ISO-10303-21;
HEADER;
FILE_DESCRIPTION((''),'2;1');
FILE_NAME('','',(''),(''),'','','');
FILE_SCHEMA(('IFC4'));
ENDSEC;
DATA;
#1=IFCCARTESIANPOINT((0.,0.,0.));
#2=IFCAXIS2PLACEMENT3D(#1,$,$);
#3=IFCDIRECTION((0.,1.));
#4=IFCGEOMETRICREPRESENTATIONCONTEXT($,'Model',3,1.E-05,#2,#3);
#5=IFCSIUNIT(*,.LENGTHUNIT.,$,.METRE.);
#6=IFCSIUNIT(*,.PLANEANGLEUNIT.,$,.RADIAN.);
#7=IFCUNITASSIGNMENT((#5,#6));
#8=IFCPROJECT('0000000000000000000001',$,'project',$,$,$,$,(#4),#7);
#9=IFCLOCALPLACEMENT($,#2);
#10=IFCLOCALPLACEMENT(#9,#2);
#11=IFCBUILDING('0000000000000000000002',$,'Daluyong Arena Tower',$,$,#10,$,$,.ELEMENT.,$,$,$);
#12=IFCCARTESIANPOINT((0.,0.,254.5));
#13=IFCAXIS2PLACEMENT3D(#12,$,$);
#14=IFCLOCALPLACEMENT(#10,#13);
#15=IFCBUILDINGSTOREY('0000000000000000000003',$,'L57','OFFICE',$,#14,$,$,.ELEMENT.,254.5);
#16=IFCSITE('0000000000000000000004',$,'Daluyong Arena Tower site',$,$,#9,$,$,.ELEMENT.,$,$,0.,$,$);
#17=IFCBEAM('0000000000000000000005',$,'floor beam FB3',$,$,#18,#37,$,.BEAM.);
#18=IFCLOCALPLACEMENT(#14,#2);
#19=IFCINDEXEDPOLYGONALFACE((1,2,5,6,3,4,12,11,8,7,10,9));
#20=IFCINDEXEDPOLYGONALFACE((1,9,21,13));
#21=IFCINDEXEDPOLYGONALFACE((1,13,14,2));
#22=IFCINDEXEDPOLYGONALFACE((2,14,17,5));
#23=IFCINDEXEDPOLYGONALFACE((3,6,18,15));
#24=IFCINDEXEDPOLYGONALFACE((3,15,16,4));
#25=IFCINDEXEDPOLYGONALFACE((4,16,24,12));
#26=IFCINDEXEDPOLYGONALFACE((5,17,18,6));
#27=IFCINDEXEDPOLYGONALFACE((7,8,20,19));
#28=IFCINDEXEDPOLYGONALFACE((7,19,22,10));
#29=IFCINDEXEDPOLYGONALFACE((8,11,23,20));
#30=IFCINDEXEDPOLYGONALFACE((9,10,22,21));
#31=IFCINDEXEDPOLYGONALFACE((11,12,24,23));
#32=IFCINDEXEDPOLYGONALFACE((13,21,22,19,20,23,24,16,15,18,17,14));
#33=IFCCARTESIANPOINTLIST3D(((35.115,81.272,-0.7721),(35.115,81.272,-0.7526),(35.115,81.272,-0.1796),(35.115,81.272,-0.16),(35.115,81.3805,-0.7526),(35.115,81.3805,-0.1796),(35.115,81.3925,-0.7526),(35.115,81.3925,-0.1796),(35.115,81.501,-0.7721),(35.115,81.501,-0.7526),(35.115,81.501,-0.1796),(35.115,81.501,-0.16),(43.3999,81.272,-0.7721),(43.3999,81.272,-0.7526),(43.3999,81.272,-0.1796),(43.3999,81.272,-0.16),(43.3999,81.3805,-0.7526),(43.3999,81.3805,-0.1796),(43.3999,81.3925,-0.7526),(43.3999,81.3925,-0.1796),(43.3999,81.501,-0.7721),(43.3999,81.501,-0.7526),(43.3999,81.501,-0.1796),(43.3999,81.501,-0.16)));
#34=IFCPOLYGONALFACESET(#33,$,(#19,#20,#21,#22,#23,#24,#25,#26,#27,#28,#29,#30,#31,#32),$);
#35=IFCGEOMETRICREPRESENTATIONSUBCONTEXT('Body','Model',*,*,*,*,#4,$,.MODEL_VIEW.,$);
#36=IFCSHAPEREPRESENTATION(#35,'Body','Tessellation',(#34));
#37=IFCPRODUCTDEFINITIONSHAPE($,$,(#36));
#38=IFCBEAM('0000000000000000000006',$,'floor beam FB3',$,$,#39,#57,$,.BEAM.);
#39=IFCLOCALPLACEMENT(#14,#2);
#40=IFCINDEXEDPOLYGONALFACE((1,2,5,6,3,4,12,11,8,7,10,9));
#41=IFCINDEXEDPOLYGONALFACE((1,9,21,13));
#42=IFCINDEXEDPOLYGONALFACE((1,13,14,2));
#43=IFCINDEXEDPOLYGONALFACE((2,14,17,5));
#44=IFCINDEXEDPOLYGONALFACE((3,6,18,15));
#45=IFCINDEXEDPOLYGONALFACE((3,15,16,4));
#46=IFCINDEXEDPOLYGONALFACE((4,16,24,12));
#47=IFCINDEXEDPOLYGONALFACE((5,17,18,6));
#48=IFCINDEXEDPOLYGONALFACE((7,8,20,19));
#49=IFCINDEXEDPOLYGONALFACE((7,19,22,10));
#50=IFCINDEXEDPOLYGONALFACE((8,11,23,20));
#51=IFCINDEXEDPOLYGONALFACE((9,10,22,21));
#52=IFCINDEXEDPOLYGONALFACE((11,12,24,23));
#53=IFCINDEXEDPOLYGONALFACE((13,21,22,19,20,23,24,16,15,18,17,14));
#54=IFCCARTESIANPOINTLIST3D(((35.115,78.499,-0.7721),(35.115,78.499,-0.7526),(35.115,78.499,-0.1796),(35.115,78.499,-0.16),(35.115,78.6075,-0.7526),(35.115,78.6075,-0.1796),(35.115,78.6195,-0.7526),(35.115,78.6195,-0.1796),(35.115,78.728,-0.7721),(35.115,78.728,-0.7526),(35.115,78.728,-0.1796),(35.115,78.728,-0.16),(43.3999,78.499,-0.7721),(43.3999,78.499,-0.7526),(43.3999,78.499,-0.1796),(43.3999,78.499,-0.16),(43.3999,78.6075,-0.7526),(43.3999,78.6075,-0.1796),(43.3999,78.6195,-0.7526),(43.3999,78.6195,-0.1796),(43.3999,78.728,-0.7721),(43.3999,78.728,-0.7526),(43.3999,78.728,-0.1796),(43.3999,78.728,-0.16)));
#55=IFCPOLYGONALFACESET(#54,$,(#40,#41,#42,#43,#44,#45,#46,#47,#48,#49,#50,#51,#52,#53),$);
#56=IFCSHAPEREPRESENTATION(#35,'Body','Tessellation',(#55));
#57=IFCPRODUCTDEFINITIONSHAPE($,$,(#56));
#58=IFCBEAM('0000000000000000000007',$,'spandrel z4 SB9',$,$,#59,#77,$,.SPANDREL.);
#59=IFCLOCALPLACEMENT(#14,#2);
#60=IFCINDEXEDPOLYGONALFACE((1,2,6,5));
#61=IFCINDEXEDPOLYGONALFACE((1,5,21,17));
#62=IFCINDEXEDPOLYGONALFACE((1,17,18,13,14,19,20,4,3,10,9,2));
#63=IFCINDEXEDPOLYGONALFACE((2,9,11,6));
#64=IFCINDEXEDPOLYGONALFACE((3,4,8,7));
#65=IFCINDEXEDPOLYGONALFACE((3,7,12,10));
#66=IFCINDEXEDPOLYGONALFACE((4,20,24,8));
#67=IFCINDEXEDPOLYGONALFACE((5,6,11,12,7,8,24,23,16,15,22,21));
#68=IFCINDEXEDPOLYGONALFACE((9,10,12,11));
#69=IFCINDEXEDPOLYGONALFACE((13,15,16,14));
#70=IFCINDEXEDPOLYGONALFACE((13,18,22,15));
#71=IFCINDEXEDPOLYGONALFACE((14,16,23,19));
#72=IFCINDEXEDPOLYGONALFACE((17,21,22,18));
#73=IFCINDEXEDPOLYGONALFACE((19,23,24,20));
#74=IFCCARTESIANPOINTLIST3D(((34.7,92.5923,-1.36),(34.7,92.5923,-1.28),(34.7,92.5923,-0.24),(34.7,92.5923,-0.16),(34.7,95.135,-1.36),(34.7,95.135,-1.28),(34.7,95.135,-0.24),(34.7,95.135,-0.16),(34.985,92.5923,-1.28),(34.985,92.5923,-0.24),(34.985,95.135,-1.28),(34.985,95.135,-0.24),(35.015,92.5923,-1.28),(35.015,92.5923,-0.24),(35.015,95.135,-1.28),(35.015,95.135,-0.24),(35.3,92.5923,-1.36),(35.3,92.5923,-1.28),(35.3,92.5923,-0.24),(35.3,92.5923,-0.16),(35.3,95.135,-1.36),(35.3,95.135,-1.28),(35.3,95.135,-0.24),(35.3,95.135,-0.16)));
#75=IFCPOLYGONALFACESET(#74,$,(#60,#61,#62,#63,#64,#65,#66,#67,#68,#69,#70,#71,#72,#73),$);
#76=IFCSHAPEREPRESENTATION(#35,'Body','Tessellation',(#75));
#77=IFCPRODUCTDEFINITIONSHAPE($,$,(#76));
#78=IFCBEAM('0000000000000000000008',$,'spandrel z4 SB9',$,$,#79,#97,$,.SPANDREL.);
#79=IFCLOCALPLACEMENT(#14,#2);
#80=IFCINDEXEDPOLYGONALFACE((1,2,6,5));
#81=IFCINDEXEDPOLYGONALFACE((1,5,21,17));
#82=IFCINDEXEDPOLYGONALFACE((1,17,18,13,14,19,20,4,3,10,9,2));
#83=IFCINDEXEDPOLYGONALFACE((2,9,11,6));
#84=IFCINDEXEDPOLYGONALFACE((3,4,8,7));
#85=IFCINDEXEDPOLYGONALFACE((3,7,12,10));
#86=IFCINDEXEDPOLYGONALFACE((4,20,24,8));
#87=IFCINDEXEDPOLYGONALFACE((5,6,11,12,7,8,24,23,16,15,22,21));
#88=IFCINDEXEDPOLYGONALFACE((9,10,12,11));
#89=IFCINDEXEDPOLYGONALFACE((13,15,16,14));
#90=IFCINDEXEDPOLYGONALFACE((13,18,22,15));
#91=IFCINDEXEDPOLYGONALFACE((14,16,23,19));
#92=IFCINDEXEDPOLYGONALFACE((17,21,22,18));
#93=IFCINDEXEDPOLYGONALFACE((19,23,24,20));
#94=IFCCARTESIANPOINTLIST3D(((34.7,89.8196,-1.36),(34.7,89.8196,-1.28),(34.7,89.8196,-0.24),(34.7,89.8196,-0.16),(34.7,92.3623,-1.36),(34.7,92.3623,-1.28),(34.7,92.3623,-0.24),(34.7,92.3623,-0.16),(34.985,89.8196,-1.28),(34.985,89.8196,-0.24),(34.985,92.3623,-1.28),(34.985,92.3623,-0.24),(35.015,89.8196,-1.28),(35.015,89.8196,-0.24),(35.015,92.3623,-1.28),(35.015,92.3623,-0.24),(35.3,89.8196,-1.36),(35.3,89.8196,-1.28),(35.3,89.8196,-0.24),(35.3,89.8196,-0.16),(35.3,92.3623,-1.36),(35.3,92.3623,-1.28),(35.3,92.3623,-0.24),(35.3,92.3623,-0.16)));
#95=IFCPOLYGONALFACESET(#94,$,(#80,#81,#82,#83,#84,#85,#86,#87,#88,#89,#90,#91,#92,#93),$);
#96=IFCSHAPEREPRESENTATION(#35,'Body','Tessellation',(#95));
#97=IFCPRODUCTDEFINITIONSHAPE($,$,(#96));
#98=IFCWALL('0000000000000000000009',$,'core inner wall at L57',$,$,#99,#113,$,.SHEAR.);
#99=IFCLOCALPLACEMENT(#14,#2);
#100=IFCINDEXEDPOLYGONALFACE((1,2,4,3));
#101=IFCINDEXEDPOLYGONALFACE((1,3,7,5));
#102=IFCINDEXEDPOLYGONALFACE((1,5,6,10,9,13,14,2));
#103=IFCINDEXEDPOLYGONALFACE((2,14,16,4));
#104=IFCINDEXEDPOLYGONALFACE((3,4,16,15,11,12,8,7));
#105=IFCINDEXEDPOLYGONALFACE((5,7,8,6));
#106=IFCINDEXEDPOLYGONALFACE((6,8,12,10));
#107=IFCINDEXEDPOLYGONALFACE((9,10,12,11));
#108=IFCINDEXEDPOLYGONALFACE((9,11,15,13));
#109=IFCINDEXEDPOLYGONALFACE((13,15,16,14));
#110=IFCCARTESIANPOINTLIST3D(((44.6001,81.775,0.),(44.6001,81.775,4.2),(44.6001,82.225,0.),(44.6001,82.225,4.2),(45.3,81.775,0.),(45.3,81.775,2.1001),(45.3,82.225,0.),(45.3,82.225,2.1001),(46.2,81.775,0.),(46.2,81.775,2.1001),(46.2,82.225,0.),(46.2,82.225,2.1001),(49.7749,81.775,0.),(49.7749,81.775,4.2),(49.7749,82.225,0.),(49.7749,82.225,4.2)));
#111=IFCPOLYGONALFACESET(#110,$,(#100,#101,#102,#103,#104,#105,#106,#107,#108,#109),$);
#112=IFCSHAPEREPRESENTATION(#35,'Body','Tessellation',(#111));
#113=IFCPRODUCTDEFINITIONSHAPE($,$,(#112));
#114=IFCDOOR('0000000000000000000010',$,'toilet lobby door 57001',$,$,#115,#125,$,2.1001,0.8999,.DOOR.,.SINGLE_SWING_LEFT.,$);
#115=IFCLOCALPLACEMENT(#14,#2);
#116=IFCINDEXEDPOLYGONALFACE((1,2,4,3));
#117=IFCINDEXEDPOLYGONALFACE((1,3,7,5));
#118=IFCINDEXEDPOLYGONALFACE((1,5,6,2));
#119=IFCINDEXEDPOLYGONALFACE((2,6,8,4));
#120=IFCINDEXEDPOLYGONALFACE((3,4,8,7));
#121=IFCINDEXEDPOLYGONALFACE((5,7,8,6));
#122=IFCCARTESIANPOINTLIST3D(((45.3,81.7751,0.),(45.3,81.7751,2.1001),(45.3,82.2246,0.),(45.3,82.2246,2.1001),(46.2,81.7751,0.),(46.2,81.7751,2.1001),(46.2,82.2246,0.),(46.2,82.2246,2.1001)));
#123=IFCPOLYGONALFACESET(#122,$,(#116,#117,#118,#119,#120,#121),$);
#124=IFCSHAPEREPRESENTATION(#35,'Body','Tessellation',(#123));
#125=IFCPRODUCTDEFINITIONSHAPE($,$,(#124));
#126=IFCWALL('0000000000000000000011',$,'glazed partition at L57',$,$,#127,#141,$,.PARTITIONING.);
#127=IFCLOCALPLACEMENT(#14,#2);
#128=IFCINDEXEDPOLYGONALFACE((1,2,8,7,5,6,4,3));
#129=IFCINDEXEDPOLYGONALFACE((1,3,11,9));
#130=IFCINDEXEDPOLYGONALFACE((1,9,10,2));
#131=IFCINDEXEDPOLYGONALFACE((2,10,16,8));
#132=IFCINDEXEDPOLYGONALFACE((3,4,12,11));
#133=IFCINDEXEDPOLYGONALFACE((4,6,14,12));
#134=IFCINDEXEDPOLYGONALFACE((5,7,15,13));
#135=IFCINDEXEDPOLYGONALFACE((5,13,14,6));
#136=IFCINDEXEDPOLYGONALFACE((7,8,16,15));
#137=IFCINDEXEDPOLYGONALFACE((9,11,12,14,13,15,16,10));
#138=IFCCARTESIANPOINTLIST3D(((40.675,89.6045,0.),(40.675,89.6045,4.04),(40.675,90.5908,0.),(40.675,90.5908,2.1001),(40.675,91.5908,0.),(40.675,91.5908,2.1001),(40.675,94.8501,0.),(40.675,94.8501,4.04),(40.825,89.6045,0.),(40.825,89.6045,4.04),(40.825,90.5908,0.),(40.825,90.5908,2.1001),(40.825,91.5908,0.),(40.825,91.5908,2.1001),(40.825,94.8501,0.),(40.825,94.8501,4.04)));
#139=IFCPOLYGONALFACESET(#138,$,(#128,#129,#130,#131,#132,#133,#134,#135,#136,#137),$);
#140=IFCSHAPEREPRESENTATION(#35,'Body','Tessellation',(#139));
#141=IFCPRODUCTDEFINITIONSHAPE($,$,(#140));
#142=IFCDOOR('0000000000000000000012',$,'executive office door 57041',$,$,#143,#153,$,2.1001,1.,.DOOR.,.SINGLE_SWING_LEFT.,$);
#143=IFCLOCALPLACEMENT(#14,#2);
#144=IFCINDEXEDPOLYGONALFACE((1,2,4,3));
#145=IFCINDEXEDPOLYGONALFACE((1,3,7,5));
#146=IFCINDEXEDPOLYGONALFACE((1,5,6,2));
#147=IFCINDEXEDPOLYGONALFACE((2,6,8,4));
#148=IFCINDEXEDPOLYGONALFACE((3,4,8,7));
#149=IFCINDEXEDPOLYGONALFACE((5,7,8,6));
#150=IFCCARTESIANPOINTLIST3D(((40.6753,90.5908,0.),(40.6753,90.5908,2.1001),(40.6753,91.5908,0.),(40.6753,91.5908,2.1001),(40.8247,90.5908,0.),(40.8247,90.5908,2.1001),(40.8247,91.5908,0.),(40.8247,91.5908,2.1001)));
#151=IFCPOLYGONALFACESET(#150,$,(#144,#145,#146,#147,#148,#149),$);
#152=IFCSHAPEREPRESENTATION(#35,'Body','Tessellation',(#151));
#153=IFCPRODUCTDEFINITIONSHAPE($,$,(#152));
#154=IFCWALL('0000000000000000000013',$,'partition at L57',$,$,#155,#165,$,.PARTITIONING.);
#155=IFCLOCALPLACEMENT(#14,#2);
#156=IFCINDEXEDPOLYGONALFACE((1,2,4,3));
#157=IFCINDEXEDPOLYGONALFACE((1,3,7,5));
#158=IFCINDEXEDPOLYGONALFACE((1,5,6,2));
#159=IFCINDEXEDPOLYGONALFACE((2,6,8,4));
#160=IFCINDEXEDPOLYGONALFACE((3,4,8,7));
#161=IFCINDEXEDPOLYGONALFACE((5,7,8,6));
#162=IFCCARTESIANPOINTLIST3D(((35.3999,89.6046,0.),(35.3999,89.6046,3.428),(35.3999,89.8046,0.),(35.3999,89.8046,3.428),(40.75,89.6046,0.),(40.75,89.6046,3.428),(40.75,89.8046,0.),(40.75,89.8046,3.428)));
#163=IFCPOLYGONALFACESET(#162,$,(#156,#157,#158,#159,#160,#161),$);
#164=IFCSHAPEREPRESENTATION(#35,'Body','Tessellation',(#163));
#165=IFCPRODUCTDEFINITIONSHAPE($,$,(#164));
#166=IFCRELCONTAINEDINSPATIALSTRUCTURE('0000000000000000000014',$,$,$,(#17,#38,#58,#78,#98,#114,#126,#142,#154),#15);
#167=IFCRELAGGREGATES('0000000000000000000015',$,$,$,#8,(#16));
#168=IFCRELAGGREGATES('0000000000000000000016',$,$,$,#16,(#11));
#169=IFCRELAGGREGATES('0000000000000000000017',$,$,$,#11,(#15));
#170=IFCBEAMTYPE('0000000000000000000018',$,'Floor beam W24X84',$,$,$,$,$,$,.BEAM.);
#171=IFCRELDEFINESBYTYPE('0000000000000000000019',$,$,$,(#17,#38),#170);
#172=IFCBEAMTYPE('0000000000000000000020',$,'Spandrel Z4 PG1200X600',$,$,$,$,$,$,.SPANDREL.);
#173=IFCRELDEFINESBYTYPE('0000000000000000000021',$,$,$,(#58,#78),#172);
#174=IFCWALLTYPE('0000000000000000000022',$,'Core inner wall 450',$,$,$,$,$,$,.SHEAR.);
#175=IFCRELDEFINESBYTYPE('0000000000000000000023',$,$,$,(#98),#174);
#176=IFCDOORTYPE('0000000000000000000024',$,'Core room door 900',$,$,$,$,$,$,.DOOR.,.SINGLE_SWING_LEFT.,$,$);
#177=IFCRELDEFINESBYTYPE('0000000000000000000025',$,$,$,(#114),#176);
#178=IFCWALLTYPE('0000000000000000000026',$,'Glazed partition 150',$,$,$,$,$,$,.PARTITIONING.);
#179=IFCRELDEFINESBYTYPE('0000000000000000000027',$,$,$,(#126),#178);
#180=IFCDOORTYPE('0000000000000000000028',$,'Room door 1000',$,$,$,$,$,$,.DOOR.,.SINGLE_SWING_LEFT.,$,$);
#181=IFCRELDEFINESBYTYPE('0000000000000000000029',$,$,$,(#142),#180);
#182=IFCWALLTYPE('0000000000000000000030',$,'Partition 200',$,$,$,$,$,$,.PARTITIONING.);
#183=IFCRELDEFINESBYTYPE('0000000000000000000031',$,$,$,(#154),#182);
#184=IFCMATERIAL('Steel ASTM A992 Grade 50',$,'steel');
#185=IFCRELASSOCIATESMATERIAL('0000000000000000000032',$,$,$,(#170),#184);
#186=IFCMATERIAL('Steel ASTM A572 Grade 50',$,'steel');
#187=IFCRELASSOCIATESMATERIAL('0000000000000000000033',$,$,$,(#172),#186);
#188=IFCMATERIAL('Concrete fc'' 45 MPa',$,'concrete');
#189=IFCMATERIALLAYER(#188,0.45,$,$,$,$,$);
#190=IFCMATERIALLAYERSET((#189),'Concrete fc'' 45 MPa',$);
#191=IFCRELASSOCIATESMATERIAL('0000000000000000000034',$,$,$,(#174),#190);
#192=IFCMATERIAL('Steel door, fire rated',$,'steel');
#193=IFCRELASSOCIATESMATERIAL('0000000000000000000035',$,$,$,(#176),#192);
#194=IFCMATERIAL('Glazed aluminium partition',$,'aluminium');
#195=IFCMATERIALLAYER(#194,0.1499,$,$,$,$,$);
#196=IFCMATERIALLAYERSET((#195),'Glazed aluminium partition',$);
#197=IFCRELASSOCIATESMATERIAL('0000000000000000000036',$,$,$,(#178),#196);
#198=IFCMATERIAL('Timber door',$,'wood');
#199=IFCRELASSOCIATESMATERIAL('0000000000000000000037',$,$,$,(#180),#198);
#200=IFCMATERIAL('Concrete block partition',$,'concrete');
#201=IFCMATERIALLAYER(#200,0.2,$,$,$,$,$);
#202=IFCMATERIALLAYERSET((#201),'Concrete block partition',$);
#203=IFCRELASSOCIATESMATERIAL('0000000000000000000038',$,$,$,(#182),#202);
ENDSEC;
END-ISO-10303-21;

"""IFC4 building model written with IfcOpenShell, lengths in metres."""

from ifc_helpers import new_model, si_unit, direction, frame, frame_2d, origin, origin_2d, place, context, subcontext, project, spatial, rectangle, i_section, extrude, material, layer, layer_set, material_profile, profile_set, type_object, element, fill, save


model = new_model("IFC4")

# Units and contexts
model_context = context("Model", 3, precision=1e-05, world=origin(), true_north=direction((0.0, 1.0)))
body_context = subcontext(model_context, "Body", "Model", "MODEL_VIEW")
ifc_project = project(units=[si_unit("LENGTHUNIT", "METRE"), si_unit("PLANEANGLEUNIT", "RADIAN")], contexts=[model_context])

# Site, building, storey
site_placement = place(None, origin())
site = spatial("IfcSite", under=ifc_project, at=site_placement, Name="Daluyong Arena Tower site", CompositionType="ELEMENT", RefElevation=0.0)
building_placement = place(site_placement, origin())
building = spatial("IfcBuilding", under=site, at=building_placement, Name="Daluyong Arena Tower", CompositionType="ELEMENT")
storey_placement = place(building_placement, frame((0.0, 0.0, 254.5)))
storey = spatial("IfcBuildingStorey", under=building, at=storey_placement, Name="L57", Description="OFFICE", CompositionType="ELEMENT", Elevation=254.5)

# Beams
ifc_material_1 = material(Name="Steel ASTM A992 Grade 50", Category="steel")
ifc_material_profile_1 = material_profile(ifc_material_1, i_section(OverallWidth=0.229, OverallDepth=0.6121, WebThickness=0.012, FlangeThickness=0.0195, at=origin_2d()))
ifc_profile_set_1 = profile_set([ifc_material_profile_1], Name="Steel ASTM A992 Grade 50")
beam_type_1 = type_object("IfcBeamType", Name="Floor beam W24X84", PredefinedType="BEAM", material=ifc_profile_set_1)
for number, where, z_axis, x_axis, name in (
    (1, (35.115, 81.3865, -0.4661), (1.0, 0.0, 0.0), (0.0, 1.0, 0.0), "floor beam FB3"),
    (2, (35.115, 78.6135, -0.4661), (1.0, 0.0, 0.0), (0.0, 1.0, 0.0), "floor beam FB3"),
):
    element("IfcBeam", number, at=place(storey_placement, frame(where, z_axis=z_axis, x_axis=x_axis)), inside=storey, type_object=beam_type_1, Name=name, PredefinedType="BEAM", context=body_context, shape_type="SweptSolid", body=[
        extrude(i_section(OverallWidth=0.229, OverallDepth=0.6121, WebThickness=0.012, FlangeThickness=0.0195, at=origin_2d()), origin(), (0.0, 0.0, 1.0), 8.2849),
    ])
ifc_material_2 = material(Name="Steel ASTM A572 Grade 50", Category="steel")
ifc_material_profile_2 = material_profile(ifc_material_2, i_section(OverallWidth=0.6001, OverallDepth=1.2, WebThickness=0.03, FlangeThickness=0.08, at=origin_2d()))
ifc_profile_set_2 = profile_set([ifc_material_profile_2], Name="Steel ASTM A572 Grade 50")
beam_type_2 = type_object("IfcBeamType", Name="Spandrel Z4 PG1200X600", PredefinedType="SPANDREL", material=ifc_profile_set_2)
for number, where, z_axis, x_axis, name in (
    (3, (35.0, 95.135, -0.76), (0.0, -1.0, 0.0), (1.0, 0.0, 0.0), "spandrel z4 SB9"),
    (4, (35.0, 92.3623, -0.76), (0.0, -1.0, 0.0), (1.0, 0.0, 0.0), "spandrel z4 SB9"),
):
    element("IfcBeam", number, at=place(storey_placement, frame(where, z_axis=z_axis, x_axis=x_axis)), inside=storey, type_object=beam_type_2, Name=name, PredefinedType="SPANDREL", context=body_context, shape_type="SweptSolid", body=[
        extrude(i_section(OverallWidth=0.6001, OverallDepth=1.2, WebThickness=0.03, FlangeThickness=0.08, at=origin_2d()), origin(), (0.0, 0.0, 1.0), 2.5427),
    ])

# Walls, openings, doors
ifc_material_3 = material(Name="Concrete fc' 45 MPa", Category="concrete")
ifc_layer_1 = layer(ifc_material_3, 0.45)
ifc_layer_set_1 = layer_set([ifc_layer_1], Name="Concrete fc' 45 MPa")
wall_type_1 = type_object("IfcWallType", Name="Core inner wall 450", PredefinedType="SHEAR", material=ifc_layer_set_1)
wall_1_placement = place(storey_placement, frame((44.6001, 82.0, 0.0), z_axis=(0.0, 0.0, 1.0), x_axis=(1.0, 0.0, 0.0)))
wall_1 = element("IfcWall", 5, at=wall_1_placement, inside=storey, type_object=wall_type_1, Name="core inner wall at L57", PredefinedType="SHEAR", context=body_context, shape_type="SweptSolid", body=[
    extrude(rectangle(XDim=5.1748, YDim=0.45, at=frame_2d((2.5874, 0.0))), origin(), (0.0, 0.0, 1.0), 4.2),
])
opening_1_placement = place(wall_1_placement, frame((0.7, 0.0, 0.0)))
opening_1 = element("IfcOpeningElement", 6, at=opening_1_placement, cuts=wall_1, PredefinedType="OPENING", context=body_context, shape_type="SweptSolid", body=[
    extrude(rectangle(XDim=0.8999, YDim=2.1001, at=frame_2d((0.45, 1.05))), frame((0.0, 0.2349, 0.0), z_axis=(0.0, -1.0, 0.0), x_axis=(1.0, 0.0, 0.0)), (0.0, 0.0, 1.0), 0.47),
])
ifc_material_4 = material(Name="Steel door, fire rated", Category="steel")
door_type_1 = type_object("IfcDoorType", Name="Core room door 900", OperationType="SINGLE_SWING_LEFT", PredefinedType="DOOR", material=ifc_material_4)
door_1_placement = place(opening_1_placement, origin())
door_1 = element("IfcDoor", 7, at=door_1_placement, inside=storey, type_object=door_type_1, Name="toilet lobby door 57001", OperationType="SINGLE_SWING_LEFT", OverallHeight=2.1001, OverallWidth=0.8999, PredefinedType="DOOR", context=body_context, shape_type="SweptSolid", body=[
    extrude(rectangle(XDim=0.8999, YDim=2.1001, at=frame_2d((0.45, 1.05))), frame((0.0, 0.2246, 0.0), z_axis=(0.0, -1.0, 0.0), x_axis=(1.0, 0.0, 0.0)), (0.0, 0.0, 1.0), 0.4495),
])
fill(opening_1, door_1)
ifc_material_5 = material(Name="Glazed aluminium partition", Category="aluminium")
ifc_layer_2 = layer(ifc_material_5, 0.1499)
ifc_layer_set_2 = layer_set([ifc_layer_2], Name="Glazed aluminium partition")
wall_type_2 = type_object("IfcWallType", Name="Glazed partition 150", PredefinedType="PARTITIONING", material=ifc_layer_set_2)
wall_2_placement = place(storey_placement, frame((40.75, 89.6045, 0.0), z_axis=(0.0, 0.0, 1.0), x_axis=(0.0, 1.0, 0.0)))
wall_2 = element("IfcWall", 8, at=wall_2_placement, inside=storey, type_object=wall_type_2, Name="glazed partition at L57", PredefinedType="PARTITIONING", context=body_context, shape_type="SweptSolid", body=[
    extrude(rectangle(XDim=5.2456, YDim=0.1499, at=frame_2d((2.6228, 0.0))), origin(), (0.0, 0.0, 1.0), 4.04),
])
opening_2_placement = place(wall_2_placement, frame((0.9863, 0.0, 0.0)))
opening_2 = element("IfcOpeningElement", 9, at=opening_2_placement, cuts=wall_2, PredefinedType="OPENING", context=body_context, shape_type="SweptSolid", body=[
    extrude(rectangle(XDim=1.0, YDim=2.1001, at=frame_2d((0.5, 1.05))), frame((0.0, 0.085, 0.0), z_axis=(0.0, -1.0, 0.0), x_axis=(1.0, 0.0, 0.0)), (0.0, 0.0, 1.0), 0.1699),
])
ifc_material_6 = material(Name="Timber door", Category="wood")
door_type_2 = type_object("IfcDoorType", Name="Room door 1000", OperationType="SINGLE_SWING_LEFT", PredefinedType="DOOR", material=ifc_material_6)
door_2_placement = place(opening_2_placement, origin())
door_2 = element("IfcDoor", 10, at=door_2_placement, inside=storey, type_object=door_type_2, Name="executive office door 57041", OperationType="SINGLE_SWING_LEFT", OverallHeight=2.1001, OverallWidth=1.0, PredefinedType="DOOR", context=body_context, shape_type="SweptSolid", body=[
    extrude(rectangle(XDim=1.0, YDim=2.1001, at=frame_2d((0.5, 1.05))), frame((0.0, 0.0747, 0.0), z_axis=(0.0, -1.0, 0.0), x_axis=(1.0, 0.0, 0.0)), (0.0, 0.0, 1.0), 0.1494),
])
fill(opening_2, door_2)

# Wall
ifc_material_7 = material(Name="Concrete block partition", Category="concrete")
ifc_layer_3 = layer(ifc_material_7, 0.2)
ifc_layer_set_3 = layer_set([ifc_layer_3], Name="Concrete block partition")
wall_type_3 = type_object("IfcWallType", Name="Partition 200", PredefinedType="PARTITIONING", material=ifc_layer_set_3)
wall_3_placement = place(storey_placement, frame((35.3999, 89.7046, 0.0), z_axis=(0.0, 0.0, 1.0), x_axis=(1.0, 0.0, 0.0)))
element("IfcWall", 11, at=wall_3_placement, inside=storey, type_object=wall_type_3, Name="partition at L57", PredefinedType="PARTITIONING", context=body_context, shape_type="SweptSolid", body=[
    extrude(rectangle(XDim=5.3501, YDim=0.2, at=frame_2d((2.675, 0.0))), origin(), (0.0, 0.0, 1.0), 3.428),
])

save(model, "model.ifc")
